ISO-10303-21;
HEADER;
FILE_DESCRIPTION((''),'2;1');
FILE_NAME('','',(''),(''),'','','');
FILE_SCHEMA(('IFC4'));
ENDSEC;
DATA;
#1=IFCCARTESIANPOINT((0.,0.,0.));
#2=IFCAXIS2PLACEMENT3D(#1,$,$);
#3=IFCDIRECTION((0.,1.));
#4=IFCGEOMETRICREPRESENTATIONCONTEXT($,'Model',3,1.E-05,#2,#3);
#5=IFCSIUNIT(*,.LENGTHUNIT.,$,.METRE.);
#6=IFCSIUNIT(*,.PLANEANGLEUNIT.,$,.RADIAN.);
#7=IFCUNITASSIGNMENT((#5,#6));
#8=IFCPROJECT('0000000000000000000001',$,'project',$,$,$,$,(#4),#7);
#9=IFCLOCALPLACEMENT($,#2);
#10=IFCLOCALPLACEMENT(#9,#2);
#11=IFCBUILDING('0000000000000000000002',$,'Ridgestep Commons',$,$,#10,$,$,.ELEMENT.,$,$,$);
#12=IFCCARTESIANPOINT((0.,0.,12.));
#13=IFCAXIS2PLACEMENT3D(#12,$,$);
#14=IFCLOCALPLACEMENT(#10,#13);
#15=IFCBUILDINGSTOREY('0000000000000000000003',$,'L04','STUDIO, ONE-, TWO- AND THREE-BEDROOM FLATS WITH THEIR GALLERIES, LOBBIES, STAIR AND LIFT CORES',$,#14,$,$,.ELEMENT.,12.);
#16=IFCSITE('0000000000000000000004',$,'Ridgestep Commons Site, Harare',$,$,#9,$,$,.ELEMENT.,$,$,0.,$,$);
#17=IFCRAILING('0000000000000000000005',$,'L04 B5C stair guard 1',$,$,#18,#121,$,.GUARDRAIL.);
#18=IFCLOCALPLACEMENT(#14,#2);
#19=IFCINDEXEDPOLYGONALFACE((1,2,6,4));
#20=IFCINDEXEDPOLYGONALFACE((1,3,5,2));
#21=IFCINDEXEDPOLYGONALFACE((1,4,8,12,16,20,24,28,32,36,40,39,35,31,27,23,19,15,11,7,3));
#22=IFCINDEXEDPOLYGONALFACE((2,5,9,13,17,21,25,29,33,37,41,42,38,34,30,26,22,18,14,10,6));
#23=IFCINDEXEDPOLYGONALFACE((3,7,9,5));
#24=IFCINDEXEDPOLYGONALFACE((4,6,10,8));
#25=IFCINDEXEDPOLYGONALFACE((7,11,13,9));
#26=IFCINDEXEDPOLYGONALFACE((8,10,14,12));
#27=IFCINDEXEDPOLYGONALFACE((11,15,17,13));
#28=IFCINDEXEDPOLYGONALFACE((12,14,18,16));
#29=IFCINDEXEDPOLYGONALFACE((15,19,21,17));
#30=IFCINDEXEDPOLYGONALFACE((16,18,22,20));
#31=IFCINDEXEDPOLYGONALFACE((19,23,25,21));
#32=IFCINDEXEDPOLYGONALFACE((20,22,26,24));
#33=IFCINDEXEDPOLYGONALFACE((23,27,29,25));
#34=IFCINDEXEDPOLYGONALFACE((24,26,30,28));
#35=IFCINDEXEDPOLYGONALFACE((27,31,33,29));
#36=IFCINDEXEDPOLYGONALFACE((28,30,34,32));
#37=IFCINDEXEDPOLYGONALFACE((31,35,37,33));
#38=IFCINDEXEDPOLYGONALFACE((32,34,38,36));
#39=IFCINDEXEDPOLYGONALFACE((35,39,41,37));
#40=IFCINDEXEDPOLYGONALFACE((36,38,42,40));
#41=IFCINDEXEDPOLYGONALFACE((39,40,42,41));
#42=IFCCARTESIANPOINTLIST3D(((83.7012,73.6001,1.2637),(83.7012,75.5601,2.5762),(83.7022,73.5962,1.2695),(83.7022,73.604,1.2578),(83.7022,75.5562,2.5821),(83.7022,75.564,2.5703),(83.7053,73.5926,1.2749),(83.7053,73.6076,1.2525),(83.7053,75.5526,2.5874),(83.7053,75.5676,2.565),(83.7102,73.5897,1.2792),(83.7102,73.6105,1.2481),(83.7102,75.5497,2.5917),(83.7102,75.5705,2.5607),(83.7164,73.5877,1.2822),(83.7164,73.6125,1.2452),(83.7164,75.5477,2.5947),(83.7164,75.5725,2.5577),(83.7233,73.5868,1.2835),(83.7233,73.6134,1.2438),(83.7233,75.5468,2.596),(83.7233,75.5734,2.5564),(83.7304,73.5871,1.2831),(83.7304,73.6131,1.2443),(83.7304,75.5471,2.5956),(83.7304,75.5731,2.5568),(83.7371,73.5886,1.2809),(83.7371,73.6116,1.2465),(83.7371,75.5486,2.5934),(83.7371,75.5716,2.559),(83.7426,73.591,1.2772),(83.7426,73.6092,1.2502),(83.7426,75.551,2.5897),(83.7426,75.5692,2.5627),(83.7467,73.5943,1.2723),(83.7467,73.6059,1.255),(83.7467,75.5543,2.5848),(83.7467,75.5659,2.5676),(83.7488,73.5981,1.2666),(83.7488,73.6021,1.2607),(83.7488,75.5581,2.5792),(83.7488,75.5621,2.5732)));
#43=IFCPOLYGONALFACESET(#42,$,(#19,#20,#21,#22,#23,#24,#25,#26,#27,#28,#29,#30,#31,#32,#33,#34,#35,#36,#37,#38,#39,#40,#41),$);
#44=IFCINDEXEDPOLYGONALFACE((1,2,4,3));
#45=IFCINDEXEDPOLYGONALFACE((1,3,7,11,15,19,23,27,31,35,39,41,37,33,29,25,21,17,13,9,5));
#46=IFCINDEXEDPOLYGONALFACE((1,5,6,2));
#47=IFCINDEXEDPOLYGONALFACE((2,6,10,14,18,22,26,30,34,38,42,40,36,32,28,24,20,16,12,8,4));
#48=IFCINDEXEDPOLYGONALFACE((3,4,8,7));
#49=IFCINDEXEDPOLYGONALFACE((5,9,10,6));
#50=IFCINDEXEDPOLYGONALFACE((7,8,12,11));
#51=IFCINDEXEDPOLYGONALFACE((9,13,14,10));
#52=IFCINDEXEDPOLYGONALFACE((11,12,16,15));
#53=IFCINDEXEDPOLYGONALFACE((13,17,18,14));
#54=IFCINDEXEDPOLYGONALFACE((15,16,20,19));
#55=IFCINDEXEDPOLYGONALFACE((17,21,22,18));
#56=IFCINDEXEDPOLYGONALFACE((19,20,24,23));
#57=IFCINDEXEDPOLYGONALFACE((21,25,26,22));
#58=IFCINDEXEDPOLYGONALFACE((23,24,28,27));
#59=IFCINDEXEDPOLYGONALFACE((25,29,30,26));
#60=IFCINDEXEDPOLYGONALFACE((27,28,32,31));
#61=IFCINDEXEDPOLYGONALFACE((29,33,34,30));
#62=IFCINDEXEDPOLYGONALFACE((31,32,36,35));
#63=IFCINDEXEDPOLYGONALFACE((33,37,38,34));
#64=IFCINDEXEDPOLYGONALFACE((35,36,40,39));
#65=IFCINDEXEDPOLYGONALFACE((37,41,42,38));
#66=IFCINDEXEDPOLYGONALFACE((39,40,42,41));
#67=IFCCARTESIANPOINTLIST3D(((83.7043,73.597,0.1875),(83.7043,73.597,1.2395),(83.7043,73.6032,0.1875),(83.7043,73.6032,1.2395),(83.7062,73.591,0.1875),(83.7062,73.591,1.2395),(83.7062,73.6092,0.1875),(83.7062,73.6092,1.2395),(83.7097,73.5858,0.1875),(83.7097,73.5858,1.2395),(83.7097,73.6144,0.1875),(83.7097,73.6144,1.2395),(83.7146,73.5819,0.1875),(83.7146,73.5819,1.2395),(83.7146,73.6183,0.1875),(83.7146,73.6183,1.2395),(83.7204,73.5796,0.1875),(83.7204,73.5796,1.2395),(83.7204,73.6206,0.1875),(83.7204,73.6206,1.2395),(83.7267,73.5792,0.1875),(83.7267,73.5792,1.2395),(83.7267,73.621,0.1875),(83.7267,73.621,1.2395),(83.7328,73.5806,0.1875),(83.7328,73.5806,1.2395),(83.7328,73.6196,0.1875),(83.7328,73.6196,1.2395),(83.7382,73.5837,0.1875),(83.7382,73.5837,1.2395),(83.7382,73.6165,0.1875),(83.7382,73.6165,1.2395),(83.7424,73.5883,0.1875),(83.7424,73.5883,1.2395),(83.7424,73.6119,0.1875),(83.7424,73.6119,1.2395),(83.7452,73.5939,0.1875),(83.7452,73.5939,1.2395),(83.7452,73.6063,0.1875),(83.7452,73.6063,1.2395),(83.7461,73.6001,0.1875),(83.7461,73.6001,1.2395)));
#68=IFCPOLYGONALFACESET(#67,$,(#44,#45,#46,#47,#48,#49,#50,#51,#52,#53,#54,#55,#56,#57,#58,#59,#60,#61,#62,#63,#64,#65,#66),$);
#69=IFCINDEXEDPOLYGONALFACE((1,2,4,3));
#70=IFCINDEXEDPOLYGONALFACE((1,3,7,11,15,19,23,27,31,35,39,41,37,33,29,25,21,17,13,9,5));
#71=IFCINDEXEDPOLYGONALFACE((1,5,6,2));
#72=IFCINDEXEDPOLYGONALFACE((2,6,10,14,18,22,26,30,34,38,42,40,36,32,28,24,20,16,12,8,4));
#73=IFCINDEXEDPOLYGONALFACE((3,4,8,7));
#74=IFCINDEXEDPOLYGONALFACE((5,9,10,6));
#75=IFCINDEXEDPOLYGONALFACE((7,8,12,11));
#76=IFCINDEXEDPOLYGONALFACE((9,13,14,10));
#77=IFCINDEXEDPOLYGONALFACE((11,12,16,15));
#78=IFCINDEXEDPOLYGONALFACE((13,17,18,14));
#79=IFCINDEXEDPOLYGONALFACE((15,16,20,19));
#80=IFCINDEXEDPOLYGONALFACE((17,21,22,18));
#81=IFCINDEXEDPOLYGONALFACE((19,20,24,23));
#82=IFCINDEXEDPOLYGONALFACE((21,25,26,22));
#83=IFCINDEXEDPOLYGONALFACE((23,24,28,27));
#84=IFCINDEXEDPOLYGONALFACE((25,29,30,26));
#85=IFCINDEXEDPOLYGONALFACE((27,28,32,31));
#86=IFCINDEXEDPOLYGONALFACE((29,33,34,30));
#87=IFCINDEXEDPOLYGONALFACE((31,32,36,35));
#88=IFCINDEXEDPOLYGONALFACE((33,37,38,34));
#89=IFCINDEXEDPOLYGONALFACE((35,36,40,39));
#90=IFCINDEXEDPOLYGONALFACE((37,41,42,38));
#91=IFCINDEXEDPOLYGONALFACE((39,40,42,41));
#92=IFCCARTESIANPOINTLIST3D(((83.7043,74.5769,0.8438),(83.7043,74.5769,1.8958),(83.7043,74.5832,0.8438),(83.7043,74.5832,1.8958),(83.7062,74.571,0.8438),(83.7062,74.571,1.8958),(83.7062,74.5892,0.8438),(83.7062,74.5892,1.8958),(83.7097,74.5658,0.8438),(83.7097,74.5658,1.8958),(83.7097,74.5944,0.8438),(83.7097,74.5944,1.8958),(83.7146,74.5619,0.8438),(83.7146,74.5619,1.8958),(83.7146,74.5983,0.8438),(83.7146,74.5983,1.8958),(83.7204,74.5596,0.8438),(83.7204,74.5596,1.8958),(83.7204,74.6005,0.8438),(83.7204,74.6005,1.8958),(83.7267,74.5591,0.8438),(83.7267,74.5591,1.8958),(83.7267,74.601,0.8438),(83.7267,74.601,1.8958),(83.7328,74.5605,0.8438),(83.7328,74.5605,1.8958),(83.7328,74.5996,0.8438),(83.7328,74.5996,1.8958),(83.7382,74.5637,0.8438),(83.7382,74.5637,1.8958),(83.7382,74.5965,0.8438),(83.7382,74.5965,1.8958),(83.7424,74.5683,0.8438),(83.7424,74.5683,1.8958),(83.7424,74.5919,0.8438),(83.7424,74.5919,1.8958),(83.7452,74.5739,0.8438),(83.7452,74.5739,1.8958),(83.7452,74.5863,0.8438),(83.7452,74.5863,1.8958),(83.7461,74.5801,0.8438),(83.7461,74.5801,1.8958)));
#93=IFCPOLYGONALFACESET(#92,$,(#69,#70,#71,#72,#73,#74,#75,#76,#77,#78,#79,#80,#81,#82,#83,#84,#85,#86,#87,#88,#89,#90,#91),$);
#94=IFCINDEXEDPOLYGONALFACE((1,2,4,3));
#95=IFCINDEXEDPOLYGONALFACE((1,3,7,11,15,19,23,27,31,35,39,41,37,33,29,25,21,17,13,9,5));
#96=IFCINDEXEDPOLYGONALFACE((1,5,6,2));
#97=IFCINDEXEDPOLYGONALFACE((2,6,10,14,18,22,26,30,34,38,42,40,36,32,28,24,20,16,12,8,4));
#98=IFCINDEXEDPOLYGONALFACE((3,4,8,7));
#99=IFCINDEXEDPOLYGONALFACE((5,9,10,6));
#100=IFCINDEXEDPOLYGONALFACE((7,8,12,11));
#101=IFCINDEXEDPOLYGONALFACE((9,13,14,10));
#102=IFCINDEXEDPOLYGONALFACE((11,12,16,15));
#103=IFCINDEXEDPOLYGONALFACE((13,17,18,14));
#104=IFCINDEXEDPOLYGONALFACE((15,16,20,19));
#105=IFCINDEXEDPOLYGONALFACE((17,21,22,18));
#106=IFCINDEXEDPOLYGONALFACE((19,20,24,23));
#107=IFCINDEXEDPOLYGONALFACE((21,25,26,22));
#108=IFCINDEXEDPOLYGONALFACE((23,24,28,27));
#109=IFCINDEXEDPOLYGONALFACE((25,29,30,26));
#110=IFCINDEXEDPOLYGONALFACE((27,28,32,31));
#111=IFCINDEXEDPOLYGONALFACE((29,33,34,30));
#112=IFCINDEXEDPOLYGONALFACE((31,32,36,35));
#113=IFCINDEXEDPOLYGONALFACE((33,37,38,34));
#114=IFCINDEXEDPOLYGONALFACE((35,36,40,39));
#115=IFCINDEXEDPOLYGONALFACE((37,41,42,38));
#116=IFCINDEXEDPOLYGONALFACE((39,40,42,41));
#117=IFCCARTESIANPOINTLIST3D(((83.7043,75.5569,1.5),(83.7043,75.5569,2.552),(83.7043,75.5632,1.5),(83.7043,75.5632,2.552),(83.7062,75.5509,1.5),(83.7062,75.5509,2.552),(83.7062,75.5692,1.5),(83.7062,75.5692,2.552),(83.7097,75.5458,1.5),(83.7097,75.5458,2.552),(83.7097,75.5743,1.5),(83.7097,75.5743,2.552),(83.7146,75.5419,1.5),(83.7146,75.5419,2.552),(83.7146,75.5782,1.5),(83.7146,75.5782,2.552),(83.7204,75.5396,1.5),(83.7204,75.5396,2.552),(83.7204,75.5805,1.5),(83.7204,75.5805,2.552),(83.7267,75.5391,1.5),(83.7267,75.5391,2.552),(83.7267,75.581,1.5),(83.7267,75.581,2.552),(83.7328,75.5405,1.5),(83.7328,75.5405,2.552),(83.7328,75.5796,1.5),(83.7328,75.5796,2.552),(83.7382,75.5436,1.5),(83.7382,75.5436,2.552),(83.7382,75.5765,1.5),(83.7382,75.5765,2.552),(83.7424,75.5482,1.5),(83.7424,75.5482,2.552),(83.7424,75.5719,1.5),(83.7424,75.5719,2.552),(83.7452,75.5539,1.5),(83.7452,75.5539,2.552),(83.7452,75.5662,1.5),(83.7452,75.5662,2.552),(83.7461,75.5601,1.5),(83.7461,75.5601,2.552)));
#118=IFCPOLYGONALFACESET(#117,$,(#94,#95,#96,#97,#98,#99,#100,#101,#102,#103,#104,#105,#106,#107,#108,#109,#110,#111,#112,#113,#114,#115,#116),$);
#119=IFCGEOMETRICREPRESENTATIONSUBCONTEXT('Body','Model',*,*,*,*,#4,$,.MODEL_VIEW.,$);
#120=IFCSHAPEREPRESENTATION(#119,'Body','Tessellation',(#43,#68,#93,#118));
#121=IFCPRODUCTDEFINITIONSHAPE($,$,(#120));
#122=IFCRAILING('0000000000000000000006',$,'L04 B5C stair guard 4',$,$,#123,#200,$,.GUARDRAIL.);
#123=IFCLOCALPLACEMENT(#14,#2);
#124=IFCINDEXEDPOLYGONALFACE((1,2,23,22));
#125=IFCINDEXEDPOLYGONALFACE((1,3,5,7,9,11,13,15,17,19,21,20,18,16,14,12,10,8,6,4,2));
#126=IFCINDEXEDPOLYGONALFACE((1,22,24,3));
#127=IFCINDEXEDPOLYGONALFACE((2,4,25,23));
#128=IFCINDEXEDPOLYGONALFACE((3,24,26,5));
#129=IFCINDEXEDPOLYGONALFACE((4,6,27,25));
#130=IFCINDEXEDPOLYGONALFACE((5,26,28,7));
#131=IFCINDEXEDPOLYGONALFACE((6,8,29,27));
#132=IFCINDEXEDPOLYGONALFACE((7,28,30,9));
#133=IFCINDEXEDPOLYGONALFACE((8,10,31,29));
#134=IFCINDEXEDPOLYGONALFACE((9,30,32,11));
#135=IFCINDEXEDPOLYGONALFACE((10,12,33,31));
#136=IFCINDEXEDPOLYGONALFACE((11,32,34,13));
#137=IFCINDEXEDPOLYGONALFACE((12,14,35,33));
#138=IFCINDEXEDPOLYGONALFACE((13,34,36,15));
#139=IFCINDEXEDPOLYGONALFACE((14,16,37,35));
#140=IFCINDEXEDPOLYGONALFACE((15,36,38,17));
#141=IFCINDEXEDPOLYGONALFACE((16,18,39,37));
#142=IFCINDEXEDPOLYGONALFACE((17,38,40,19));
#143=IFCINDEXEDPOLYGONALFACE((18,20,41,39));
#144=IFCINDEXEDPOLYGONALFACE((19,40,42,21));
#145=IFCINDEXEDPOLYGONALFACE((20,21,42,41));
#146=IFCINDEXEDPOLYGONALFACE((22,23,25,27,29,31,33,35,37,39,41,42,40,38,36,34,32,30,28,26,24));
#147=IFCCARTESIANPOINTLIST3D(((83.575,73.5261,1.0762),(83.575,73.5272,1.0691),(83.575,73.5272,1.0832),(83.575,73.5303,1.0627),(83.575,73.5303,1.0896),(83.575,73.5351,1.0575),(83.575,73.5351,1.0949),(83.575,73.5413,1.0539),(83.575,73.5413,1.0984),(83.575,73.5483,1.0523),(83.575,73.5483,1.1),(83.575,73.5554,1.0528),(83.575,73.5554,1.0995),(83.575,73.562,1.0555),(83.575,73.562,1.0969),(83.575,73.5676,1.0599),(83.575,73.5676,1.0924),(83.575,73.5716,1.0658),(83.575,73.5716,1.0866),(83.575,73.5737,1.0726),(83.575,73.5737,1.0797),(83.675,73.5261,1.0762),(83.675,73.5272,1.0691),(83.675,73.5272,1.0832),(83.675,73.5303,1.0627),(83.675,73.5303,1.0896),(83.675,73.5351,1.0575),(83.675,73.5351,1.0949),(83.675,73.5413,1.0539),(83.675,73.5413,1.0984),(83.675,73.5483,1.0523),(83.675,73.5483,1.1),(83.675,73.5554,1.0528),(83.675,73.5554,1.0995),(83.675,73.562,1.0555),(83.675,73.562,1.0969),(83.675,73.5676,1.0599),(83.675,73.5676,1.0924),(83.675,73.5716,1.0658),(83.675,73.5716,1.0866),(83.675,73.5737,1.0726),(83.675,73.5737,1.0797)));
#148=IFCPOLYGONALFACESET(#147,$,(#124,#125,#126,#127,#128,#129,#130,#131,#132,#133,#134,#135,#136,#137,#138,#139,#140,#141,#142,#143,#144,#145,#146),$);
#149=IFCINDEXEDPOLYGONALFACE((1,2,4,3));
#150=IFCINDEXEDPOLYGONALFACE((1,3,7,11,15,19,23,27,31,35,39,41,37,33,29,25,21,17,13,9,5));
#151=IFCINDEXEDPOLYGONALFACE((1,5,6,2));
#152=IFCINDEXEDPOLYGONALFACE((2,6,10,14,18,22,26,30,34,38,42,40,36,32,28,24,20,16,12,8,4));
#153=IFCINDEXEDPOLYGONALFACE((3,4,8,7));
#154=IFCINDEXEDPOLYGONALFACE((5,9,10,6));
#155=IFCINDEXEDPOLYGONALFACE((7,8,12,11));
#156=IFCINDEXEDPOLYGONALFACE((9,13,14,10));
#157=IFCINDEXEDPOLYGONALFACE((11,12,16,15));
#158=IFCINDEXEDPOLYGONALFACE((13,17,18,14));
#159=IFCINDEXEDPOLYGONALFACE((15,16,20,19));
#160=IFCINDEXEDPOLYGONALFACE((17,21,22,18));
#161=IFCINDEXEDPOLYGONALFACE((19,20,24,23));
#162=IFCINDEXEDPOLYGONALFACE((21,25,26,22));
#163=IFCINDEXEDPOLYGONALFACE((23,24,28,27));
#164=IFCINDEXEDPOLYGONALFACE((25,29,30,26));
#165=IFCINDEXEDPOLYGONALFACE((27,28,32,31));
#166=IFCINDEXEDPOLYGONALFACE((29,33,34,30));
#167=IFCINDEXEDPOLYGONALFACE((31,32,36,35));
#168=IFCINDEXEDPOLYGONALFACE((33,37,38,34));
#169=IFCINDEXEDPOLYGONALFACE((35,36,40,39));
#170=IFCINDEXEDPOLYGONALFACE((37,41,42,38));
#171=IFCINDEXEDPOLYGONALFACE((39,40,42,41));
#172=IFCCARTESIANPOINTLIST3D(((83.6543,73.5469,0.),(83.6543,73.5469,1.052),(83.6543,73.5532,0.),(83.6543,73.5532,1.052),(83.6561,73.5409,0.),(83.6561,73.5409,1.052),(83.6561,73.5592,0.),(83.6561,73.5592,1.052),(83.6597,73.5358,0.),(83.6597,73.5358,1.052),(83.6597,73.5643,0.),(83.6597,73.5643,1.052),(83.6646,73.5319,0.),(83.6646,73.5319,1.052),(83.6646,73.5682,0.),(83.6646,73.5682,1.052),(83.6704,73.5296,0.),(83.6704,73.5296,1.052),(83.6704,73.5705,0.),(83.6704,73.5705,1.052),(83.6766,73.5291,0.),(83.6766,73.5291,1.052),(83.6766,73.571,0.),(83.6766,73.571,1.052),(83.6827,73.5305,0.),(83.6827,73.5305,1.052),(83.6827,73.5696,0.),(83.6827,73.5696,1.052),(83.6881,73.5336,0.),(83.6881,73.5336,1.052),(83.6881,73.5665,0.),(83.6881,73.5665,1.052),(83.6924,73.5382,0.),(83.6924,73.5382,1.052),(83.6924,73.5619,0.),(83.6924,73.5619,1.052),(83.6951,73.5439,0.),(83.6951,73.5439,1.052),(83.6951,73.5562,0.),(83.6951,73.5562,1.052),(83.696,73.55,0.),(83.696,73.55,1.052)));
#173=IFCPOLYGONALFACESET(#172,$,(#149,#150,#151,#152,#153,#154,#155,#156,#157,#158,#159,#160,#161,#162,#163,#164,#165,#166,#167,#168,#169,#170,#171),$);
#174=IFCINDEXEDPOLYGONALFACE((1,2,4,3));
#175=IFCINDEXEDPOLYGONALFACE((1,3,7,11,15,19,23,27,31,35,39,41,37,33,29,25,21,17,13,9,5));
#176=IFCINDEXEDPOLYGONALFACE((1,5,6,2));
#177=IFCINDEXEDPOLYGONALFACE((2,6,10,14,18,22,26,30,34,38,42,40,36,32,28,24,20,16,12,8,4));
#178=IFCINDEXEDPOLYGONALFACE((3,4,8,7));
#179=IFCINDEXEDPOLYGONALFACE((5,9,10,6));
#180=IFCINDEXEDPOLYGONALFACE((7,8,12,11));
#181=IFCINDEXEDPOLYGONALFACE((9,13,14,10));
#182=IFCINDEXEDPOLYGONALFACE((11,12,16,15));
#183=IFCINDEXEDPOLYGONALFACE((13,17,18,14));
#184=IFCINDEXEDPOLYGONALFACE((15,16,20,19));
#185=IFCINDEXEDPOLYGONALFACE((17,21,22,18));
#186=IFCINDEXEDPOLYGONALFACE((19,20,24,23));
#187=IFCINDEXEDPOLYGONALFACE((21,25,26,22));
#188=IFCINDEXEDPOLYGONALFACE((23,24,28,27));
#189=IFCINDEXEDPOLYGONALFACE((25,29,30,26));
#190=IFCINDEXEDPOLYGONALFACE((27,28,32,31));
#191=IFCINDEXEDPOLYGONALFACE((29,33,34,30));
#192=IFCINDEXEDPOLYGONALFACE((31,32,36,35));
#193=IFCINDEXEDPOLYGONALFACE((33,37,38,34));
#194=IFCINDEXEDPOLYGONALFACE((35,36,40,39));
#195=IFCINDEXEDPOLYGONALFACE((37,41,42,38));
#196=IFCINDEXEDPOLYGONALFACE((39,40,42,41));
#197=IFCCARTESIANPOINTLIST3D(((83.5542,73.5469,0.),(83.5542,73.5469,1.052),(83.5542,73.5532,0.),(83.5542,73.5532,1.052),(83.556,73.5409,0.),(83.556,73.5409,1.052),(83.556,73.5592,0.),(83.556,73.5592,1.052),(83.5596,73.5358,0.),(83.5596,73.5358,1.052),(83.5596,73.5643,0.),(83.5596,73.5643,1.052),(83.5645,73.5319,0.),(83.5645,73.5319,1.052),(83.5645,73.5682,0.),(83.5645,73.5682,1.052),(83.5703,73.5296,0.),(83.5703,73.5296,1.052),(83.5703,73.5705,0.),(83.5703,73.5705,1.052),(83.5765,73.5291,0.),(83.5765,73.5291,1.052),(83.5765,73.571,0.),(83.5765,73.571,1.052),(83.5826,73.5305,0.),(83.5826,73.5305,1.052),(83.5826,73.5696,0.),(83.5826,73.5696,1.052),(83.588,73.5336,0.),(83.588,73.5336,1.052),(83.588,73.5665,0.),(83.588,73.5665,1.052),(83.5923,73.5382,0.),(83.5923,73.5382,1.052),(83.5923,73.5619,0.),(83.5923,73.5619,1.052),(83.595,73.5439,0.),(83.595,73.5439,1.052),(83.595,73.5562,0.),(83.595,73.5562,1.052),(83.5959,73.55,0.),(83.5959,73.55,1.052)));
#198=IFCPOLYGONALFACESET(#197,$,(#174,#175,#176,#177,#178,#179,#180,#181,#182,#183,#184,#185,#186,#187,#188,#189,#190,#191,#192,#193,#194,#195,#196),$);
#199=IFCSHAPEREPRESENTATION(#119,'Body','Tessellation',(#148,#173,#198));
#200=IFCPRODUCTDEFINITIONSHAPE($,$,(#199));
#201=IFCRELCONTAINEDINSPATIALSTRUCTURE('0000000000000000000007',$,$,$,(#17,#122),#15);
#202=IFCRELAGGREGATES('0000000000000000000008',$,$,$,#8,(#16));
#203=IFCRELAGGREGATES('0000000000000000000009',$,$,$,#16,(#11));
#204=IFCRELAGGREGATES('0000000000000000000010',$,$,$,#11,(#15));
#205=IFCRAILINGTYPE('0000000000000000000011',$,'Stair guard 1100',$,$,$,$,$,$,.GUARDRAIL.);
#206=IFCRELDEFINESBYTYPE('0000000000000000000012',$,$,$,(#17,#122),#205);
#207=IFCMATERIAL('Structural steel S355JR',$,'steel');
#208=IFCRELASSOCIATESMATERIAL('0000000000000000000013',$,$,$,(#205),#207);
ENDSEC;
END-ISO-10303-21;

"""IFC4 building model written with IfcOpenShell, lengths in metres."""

from ifc_helpers import new_model, si_unit, direction, frame, origin, origin_2d, place, context, subcontext, project, spatial, circle, extrude, material, type_object, element, save


model = new_model("IFC4")

# Units and contexts
model_context = context("Model", 3, precision=1e-05, world=origin(), true_north=direction((0.0, 1.0)))
body_context = subcontext(model_context, "Body", "Model", "MODEL_VIEW")
ifc_project = project(units=[si_unit("LENGTHUNIT", "METRE"), si_unit("PLANEANGLEUNIT", "RADIAN")], contexts=[model_context])

# Site, building, storey
site_placement = place(None, origin())
site = spatial("IfcSite", under=ifc_project, at=site_placement, Name="Ridgestep Commons Site, Harare", CompositionType="ELEMENT", RefElevation=0.0)
building_placement = place(site_placement, origin())
building = spatial("IfcBuilding", under=site, at=building_placement, Name="Ridgestep Commons", CompositionType="ELEMENT")
storey_placement = place(building_placement, frame((0.0, 0.0, 12.0)))
storey = spatial("IfcBuildingStorey", under=building, at=storey_placement, Name="L04", Description="STUDIO, ONE-, TWO- AND THREE-BEDROOM FLATS WITH THEIR GALLERIES, LOBBIES, STAIR AND LIFT CORES", CompositionType="ELEMENT", Elevation=12.0)

# Railings
ifc_material_1 = material(Name="Structural steel S355JR", Category="steel")
railing_type_1 = type_object("IfcRailingType", Name="Stair guard 1100", PredefinedType="GUARDRAIL", material=ifc_material_1)
railing_1_placement = place(storey_placement, frame((83.7251, 73.6001, 0.1875)))
element("IfcRailing", 1, at=railing_1_placement, inside=storey, type_object=railing_type_1, Name="L04 B5C stair guard 1", PredefinedType="GUARDRAIL", context=body_context, shape_type="SweptSolid", body=[
    extrude(circle(Radius=0.0239, at=origin_2d()), frame((0.0, 0.0, 1.0762), z_axis=(0.0, 0.830902, 0.556419), x_axis=(-1.0, 0.0, 0.0)), (0.0, 0.0, 1.0), 2.3589),
    extrude(circle(Radius=0.021, at=origin_2d()), origin(), (0.0, 0.0, 1.0), 1.052),
    extrude(circle(Radius=0.021, at=origin_2d()), frame((0.0, 0.98, 0.6562)), (0.0, 0.0, 1.0), 1.052),
    extrude(circle(Radius=0.021, at=origin_2d()), frame((0.0, 1.96, 1.3125)), (0.0, 0.0, 1.0), 1.052),
])
railing_2_placement = place(storey_placement, frame((83.675, 73.55, 0.0)))
element("IfcRailing", 2, at=railing_2_placement, inside=storey, type_object=railing_type_1, Name="L04 B5C stair guard 4", PredefinedType="GUARDRAIL", context=body_context, shape_type="SweptSolid", body=[
    extrude(circle(Radius=0.0239, at=origin_2d()), frame((0.0, 0.0, 1.0762), z_axis=(-1.0, 0.0, 0.0), x_axis=(0.0, -1.0, 0.0)), (0.0, 0.0, 1.0), 0.1001),
    extrude(circle(Radius=0.021, at=origin_2d()), origin(), (0.0, 0.0, 1.0), 1.052),
    extrude(circle(Radius=0.021, at=origin_2d()), frame((-0.1001, 0.0, 0.0)), (0.0, 0.0, 1.0), 1.052),
])

save(model, "model.ifc")
